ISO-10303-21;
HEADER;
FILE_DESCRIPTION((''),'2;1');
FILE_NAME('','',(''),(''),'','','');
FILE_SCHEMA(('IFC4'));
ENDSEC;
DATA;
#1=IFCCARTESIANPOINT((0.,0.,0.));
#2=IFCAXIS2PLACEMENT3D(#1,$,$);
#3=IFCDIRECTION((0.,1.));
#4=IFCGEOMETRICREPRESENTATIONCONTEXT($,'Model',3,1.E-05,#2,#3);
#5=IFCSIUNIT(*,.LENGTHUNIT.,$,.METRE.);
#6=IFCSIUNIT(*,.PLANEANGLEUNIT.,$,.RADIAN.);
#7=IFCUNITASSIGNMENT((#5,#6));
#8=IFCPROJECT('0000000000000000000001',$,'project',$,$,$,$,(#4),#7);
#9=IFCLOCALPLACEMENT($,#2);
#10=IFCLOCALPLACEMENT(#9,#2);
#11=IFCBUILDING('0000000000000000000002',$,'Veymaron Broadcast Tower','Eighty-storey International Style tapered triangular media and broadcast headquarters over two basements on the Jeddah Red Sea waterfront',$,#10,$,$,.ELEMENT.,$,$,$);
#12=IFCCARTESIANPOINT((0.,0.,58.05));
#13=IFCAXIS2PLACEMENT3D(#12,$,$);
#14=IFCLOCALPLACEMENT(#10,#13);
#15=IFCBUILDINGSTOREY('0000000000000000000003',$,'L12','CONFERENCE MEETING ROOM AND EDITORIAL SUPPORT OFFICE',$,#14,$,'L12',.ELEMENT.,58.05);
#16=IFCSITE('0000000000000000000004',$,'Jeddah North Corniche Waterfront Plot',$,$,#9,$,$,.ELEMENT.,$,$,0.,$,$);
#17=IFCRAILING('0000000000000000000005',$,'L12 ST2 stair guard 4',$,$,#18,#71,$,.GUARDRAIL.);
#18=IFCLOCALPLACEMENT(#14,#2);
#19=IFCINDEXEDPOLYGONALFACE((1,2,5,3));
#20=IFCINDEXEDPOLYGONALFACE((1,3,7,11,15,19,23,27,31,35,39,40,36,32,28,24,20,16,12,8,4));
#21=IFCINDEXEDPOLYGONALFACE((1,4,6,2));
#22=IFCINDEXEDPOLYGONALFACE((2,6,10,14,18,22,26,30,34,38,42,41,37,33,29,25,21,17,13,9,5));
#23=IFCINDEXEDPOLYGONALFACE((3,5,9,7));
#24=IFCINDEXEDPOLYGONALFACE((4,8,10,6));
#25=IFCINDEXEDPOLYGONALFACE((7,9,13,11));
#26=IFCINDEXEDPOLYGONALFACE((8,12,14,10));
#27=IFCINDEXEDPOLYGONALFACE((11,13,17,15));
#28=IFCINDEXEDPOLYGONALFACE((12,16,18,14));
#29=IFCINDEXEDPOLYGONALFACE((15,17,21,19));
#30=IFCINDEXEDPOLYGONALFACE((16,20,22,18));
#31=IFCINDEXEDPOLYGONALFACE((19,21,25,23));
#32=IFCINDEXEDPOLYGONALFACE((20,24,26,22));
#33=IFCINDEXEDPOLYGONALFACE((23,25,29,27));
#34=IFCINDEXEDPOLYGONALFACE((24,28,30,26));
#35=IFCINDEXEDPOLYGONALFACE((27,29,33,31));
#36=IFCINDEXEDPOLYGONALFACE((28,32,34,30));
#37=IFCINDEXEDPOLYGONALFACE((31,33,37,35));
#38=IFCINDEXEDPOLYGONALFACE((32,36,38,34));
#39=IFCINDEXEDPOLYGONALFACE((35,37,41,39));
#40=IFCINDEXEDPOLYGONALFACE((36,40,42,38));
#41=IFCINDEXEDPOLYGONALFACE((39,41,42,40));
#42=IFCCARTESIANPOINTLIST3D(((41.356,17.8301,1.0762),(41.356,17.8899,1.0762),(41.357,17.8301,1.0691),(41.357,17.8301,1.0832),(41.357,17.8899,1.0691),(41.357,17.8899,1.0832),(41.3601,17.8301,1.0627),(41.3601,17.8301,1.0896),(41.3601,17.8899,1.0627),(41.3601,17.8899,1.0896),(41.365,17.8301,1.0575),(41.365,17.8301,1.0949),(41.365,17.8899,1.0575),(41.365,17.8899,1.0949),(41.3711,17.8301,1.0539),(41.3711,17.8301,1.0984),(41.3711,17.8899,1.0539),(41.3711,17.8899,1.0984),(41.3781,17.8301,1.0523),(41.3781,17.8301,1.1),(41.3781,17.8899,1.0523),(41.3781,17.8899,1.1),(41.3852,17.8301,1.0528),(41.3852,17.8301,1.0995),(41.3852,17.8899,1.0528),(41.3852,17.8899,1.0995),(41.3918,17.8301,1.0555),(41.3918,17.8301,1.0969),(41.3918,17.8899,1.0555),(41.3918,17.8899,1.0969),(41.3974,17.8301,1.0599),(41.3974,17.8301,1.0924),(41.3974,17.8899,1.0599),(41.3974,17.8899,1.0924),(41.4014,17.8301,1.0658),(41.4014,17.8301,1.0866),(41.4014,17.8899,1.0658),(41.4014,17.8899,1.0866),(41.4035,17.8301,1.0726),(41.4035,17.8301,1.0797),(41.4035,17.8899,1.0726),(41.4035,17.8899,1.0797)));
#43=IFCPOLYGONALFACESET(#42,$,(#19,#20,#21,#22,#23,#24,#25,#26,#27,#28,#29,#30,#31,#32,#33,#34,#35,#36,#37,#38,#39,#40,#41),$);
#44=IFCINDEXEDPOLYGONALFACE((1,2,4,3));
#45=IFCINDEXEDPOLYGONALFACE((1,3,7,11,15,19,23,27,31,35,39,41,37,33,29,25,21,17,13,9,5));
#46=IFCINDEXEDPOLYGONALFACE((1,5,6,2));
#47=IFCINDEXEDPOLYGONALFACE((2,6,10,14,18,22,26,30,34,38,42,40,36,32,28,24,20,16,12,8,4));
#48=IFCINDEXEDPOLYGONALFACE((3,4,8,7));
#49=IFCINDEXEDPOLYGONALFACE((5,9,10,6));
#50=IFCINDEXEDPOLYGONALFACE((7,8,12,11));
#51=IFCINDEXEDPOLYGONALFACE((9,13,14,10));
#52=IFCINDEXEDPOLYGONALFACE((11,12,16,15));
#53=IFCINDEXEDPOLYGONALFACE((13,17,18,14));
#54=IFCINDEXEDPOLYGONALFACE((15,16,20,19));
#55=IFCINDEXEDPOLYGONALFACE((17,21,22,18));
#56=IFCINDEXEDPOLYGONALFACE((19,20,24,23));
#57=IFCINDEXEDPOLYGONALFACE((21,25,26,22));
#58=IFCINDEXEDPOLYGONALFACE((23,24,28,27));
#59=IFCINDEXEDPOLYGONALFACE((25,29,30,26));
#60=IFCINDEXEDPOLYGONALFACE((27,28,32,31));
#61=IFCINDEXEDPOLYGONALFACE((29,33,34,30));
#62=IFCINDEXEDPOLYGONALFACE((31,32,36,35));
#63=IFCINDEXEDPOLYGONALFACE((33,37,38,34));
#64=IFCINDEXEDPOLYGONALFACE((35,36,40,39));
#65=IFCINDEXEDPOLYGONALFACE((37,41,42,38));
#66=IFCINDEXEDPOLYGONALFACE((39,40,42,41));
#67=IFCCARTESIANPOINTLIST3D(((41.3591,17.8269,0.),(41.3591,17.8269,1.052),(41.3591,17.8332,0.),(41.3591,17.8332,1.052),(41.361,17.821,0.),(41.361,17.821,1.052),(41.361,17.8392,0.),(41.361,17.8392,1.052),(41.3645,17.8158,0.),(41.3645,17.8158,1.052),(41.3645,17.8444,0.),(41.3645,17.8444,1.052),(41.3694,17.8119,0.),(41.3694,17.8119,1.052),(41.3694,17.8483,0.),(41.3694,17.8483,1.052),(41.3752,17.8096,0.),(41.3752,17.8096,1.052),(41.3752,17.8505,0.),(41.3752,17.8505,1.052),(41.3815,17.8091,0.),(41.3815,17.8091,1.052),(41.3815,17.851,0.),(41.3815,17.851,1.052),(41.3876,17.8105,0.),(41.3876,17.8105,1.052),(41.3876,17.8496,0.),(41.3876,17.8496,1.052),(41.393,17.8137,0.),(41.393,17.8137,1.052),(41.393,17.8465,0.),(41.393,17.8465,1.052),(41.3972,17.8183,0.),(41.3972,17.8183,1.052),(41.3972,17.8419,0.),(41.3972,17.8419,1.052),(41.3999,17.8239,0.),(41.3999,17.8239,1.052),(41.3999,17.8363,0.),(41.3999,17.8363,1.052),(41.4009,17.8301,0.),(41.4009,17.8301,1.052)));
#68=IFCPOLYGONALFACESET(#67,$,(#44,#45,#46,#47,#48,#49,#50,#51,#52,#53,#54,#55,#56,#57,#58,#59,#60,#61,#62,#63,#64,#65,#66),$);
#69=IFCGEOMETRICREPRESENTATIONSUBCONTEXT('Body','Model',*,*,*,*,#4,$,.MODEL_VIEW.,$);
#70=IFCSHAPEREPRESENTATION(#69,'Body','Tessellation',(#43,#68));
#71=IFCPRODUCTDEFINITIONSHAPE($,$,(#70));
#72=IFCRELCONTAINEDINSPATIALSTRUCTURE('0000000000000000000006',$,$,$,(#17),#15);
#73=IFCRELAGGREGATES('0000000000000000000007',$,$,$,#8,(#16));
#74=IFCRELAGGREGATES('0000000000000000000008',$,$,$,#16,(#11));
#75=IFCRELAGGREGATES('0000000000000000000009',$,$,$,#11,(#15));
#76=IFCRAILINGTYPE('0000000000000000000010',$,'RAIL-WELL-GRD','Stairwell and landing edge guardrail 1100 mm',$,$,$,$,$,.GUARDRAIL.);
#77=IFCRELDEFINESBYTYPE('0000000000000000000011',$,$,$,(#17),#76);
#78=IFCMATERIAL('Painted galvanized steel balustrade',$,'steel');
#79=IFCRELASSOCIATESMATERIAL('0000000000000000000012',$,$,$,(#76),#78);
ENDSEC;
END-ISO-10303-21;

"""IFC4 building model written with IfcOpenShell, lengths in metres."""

from ifc_helpers import new_model, si_unit, direction, frame, origin, origin_2d, place, context, subcontext, project, spatial, circle, extrude, material, type_object, element, save


model = new_model("IFC4")

# Units and contexts
model_context = context("Model", 3, precision=1e-05, world=origin(), true_north=direction((0.0, 1.0)))
body_context = subcontext(model_context, "Body", "Model", "MODEL_VIEW")
ifc_project = project(units=[si_unit("LENGTHUNIT", "METRE"), si_unit("PLANEANGLEUNIT", "RADIAN")], contexts=[model_context])

# Site, building, storey
site_placement = place(None, origin())
site = spatial("IfcSite", under=ifc_project, at=site_placement, Name="Jeddah North Corniche Waterfront Plot", CompositionType="ELEMENT", RefElevation=0.0)
building_placement = place(site_placement, origin())
building = spatial("IfcBuilding", under=site, at=building_placement, Name="Veymaron Broadcast Tower", Description="Eighty-storey International Style tapered triangular media and broadcast headquarters over two basements on the Jeddah Red Sea waterfront", CompositionType="ELEMENT")
storey_placement = place(building_placement, frame((0.0, 0.0, 58.05)))
storey = spatial("IfcBuildingStorey", under=building, at=storey_placement, Name="L12", Description="CONFERENCE MEETING ROOM AND EDITORIAL SUPPORT OFFICE", LongName="L12", CompositionType="ELEMENT", Elevation=58.05)

# Railing
ifc_material_1 = material(Name="Painted galvanized steel balustrade", Category="steel")
railing_type_1 = type_object("IfcRailingType", Name="RAIL-WELL-GRD", Description="Stairwell and landing edge guardrail 1100 mm", PredefinedType="GUARDRAIL", material=ifc_material_1)
railing_1_placement = place(storey_placement, frame((41.3799, 17.8301, 0.0)))
element("IfcRailing", 1, at=railing_1_placement, inside=storey, type_object=railing_type_1, Name="L12 ST2 stair guard 4", PredefinedType="GUARDRAIL", context=body_context, shape_type="SweptSolid", body=[
    extrude(circle(Radius=0.0239, at=origin_2d()), frame((0.0, 0.0, 1.0762), z_axis=(0.0, 1.0, 0.0), x_axis=(-1.0, 0.0, 0.0)), (0.0, 0.0, 1.0), 0.0598),
    extrude(circle(Radius=0.021, at=origin_2d()), origin(), (0.0, 0.0, 1.0), 1.052),
])

save(model, "model.ifc")
